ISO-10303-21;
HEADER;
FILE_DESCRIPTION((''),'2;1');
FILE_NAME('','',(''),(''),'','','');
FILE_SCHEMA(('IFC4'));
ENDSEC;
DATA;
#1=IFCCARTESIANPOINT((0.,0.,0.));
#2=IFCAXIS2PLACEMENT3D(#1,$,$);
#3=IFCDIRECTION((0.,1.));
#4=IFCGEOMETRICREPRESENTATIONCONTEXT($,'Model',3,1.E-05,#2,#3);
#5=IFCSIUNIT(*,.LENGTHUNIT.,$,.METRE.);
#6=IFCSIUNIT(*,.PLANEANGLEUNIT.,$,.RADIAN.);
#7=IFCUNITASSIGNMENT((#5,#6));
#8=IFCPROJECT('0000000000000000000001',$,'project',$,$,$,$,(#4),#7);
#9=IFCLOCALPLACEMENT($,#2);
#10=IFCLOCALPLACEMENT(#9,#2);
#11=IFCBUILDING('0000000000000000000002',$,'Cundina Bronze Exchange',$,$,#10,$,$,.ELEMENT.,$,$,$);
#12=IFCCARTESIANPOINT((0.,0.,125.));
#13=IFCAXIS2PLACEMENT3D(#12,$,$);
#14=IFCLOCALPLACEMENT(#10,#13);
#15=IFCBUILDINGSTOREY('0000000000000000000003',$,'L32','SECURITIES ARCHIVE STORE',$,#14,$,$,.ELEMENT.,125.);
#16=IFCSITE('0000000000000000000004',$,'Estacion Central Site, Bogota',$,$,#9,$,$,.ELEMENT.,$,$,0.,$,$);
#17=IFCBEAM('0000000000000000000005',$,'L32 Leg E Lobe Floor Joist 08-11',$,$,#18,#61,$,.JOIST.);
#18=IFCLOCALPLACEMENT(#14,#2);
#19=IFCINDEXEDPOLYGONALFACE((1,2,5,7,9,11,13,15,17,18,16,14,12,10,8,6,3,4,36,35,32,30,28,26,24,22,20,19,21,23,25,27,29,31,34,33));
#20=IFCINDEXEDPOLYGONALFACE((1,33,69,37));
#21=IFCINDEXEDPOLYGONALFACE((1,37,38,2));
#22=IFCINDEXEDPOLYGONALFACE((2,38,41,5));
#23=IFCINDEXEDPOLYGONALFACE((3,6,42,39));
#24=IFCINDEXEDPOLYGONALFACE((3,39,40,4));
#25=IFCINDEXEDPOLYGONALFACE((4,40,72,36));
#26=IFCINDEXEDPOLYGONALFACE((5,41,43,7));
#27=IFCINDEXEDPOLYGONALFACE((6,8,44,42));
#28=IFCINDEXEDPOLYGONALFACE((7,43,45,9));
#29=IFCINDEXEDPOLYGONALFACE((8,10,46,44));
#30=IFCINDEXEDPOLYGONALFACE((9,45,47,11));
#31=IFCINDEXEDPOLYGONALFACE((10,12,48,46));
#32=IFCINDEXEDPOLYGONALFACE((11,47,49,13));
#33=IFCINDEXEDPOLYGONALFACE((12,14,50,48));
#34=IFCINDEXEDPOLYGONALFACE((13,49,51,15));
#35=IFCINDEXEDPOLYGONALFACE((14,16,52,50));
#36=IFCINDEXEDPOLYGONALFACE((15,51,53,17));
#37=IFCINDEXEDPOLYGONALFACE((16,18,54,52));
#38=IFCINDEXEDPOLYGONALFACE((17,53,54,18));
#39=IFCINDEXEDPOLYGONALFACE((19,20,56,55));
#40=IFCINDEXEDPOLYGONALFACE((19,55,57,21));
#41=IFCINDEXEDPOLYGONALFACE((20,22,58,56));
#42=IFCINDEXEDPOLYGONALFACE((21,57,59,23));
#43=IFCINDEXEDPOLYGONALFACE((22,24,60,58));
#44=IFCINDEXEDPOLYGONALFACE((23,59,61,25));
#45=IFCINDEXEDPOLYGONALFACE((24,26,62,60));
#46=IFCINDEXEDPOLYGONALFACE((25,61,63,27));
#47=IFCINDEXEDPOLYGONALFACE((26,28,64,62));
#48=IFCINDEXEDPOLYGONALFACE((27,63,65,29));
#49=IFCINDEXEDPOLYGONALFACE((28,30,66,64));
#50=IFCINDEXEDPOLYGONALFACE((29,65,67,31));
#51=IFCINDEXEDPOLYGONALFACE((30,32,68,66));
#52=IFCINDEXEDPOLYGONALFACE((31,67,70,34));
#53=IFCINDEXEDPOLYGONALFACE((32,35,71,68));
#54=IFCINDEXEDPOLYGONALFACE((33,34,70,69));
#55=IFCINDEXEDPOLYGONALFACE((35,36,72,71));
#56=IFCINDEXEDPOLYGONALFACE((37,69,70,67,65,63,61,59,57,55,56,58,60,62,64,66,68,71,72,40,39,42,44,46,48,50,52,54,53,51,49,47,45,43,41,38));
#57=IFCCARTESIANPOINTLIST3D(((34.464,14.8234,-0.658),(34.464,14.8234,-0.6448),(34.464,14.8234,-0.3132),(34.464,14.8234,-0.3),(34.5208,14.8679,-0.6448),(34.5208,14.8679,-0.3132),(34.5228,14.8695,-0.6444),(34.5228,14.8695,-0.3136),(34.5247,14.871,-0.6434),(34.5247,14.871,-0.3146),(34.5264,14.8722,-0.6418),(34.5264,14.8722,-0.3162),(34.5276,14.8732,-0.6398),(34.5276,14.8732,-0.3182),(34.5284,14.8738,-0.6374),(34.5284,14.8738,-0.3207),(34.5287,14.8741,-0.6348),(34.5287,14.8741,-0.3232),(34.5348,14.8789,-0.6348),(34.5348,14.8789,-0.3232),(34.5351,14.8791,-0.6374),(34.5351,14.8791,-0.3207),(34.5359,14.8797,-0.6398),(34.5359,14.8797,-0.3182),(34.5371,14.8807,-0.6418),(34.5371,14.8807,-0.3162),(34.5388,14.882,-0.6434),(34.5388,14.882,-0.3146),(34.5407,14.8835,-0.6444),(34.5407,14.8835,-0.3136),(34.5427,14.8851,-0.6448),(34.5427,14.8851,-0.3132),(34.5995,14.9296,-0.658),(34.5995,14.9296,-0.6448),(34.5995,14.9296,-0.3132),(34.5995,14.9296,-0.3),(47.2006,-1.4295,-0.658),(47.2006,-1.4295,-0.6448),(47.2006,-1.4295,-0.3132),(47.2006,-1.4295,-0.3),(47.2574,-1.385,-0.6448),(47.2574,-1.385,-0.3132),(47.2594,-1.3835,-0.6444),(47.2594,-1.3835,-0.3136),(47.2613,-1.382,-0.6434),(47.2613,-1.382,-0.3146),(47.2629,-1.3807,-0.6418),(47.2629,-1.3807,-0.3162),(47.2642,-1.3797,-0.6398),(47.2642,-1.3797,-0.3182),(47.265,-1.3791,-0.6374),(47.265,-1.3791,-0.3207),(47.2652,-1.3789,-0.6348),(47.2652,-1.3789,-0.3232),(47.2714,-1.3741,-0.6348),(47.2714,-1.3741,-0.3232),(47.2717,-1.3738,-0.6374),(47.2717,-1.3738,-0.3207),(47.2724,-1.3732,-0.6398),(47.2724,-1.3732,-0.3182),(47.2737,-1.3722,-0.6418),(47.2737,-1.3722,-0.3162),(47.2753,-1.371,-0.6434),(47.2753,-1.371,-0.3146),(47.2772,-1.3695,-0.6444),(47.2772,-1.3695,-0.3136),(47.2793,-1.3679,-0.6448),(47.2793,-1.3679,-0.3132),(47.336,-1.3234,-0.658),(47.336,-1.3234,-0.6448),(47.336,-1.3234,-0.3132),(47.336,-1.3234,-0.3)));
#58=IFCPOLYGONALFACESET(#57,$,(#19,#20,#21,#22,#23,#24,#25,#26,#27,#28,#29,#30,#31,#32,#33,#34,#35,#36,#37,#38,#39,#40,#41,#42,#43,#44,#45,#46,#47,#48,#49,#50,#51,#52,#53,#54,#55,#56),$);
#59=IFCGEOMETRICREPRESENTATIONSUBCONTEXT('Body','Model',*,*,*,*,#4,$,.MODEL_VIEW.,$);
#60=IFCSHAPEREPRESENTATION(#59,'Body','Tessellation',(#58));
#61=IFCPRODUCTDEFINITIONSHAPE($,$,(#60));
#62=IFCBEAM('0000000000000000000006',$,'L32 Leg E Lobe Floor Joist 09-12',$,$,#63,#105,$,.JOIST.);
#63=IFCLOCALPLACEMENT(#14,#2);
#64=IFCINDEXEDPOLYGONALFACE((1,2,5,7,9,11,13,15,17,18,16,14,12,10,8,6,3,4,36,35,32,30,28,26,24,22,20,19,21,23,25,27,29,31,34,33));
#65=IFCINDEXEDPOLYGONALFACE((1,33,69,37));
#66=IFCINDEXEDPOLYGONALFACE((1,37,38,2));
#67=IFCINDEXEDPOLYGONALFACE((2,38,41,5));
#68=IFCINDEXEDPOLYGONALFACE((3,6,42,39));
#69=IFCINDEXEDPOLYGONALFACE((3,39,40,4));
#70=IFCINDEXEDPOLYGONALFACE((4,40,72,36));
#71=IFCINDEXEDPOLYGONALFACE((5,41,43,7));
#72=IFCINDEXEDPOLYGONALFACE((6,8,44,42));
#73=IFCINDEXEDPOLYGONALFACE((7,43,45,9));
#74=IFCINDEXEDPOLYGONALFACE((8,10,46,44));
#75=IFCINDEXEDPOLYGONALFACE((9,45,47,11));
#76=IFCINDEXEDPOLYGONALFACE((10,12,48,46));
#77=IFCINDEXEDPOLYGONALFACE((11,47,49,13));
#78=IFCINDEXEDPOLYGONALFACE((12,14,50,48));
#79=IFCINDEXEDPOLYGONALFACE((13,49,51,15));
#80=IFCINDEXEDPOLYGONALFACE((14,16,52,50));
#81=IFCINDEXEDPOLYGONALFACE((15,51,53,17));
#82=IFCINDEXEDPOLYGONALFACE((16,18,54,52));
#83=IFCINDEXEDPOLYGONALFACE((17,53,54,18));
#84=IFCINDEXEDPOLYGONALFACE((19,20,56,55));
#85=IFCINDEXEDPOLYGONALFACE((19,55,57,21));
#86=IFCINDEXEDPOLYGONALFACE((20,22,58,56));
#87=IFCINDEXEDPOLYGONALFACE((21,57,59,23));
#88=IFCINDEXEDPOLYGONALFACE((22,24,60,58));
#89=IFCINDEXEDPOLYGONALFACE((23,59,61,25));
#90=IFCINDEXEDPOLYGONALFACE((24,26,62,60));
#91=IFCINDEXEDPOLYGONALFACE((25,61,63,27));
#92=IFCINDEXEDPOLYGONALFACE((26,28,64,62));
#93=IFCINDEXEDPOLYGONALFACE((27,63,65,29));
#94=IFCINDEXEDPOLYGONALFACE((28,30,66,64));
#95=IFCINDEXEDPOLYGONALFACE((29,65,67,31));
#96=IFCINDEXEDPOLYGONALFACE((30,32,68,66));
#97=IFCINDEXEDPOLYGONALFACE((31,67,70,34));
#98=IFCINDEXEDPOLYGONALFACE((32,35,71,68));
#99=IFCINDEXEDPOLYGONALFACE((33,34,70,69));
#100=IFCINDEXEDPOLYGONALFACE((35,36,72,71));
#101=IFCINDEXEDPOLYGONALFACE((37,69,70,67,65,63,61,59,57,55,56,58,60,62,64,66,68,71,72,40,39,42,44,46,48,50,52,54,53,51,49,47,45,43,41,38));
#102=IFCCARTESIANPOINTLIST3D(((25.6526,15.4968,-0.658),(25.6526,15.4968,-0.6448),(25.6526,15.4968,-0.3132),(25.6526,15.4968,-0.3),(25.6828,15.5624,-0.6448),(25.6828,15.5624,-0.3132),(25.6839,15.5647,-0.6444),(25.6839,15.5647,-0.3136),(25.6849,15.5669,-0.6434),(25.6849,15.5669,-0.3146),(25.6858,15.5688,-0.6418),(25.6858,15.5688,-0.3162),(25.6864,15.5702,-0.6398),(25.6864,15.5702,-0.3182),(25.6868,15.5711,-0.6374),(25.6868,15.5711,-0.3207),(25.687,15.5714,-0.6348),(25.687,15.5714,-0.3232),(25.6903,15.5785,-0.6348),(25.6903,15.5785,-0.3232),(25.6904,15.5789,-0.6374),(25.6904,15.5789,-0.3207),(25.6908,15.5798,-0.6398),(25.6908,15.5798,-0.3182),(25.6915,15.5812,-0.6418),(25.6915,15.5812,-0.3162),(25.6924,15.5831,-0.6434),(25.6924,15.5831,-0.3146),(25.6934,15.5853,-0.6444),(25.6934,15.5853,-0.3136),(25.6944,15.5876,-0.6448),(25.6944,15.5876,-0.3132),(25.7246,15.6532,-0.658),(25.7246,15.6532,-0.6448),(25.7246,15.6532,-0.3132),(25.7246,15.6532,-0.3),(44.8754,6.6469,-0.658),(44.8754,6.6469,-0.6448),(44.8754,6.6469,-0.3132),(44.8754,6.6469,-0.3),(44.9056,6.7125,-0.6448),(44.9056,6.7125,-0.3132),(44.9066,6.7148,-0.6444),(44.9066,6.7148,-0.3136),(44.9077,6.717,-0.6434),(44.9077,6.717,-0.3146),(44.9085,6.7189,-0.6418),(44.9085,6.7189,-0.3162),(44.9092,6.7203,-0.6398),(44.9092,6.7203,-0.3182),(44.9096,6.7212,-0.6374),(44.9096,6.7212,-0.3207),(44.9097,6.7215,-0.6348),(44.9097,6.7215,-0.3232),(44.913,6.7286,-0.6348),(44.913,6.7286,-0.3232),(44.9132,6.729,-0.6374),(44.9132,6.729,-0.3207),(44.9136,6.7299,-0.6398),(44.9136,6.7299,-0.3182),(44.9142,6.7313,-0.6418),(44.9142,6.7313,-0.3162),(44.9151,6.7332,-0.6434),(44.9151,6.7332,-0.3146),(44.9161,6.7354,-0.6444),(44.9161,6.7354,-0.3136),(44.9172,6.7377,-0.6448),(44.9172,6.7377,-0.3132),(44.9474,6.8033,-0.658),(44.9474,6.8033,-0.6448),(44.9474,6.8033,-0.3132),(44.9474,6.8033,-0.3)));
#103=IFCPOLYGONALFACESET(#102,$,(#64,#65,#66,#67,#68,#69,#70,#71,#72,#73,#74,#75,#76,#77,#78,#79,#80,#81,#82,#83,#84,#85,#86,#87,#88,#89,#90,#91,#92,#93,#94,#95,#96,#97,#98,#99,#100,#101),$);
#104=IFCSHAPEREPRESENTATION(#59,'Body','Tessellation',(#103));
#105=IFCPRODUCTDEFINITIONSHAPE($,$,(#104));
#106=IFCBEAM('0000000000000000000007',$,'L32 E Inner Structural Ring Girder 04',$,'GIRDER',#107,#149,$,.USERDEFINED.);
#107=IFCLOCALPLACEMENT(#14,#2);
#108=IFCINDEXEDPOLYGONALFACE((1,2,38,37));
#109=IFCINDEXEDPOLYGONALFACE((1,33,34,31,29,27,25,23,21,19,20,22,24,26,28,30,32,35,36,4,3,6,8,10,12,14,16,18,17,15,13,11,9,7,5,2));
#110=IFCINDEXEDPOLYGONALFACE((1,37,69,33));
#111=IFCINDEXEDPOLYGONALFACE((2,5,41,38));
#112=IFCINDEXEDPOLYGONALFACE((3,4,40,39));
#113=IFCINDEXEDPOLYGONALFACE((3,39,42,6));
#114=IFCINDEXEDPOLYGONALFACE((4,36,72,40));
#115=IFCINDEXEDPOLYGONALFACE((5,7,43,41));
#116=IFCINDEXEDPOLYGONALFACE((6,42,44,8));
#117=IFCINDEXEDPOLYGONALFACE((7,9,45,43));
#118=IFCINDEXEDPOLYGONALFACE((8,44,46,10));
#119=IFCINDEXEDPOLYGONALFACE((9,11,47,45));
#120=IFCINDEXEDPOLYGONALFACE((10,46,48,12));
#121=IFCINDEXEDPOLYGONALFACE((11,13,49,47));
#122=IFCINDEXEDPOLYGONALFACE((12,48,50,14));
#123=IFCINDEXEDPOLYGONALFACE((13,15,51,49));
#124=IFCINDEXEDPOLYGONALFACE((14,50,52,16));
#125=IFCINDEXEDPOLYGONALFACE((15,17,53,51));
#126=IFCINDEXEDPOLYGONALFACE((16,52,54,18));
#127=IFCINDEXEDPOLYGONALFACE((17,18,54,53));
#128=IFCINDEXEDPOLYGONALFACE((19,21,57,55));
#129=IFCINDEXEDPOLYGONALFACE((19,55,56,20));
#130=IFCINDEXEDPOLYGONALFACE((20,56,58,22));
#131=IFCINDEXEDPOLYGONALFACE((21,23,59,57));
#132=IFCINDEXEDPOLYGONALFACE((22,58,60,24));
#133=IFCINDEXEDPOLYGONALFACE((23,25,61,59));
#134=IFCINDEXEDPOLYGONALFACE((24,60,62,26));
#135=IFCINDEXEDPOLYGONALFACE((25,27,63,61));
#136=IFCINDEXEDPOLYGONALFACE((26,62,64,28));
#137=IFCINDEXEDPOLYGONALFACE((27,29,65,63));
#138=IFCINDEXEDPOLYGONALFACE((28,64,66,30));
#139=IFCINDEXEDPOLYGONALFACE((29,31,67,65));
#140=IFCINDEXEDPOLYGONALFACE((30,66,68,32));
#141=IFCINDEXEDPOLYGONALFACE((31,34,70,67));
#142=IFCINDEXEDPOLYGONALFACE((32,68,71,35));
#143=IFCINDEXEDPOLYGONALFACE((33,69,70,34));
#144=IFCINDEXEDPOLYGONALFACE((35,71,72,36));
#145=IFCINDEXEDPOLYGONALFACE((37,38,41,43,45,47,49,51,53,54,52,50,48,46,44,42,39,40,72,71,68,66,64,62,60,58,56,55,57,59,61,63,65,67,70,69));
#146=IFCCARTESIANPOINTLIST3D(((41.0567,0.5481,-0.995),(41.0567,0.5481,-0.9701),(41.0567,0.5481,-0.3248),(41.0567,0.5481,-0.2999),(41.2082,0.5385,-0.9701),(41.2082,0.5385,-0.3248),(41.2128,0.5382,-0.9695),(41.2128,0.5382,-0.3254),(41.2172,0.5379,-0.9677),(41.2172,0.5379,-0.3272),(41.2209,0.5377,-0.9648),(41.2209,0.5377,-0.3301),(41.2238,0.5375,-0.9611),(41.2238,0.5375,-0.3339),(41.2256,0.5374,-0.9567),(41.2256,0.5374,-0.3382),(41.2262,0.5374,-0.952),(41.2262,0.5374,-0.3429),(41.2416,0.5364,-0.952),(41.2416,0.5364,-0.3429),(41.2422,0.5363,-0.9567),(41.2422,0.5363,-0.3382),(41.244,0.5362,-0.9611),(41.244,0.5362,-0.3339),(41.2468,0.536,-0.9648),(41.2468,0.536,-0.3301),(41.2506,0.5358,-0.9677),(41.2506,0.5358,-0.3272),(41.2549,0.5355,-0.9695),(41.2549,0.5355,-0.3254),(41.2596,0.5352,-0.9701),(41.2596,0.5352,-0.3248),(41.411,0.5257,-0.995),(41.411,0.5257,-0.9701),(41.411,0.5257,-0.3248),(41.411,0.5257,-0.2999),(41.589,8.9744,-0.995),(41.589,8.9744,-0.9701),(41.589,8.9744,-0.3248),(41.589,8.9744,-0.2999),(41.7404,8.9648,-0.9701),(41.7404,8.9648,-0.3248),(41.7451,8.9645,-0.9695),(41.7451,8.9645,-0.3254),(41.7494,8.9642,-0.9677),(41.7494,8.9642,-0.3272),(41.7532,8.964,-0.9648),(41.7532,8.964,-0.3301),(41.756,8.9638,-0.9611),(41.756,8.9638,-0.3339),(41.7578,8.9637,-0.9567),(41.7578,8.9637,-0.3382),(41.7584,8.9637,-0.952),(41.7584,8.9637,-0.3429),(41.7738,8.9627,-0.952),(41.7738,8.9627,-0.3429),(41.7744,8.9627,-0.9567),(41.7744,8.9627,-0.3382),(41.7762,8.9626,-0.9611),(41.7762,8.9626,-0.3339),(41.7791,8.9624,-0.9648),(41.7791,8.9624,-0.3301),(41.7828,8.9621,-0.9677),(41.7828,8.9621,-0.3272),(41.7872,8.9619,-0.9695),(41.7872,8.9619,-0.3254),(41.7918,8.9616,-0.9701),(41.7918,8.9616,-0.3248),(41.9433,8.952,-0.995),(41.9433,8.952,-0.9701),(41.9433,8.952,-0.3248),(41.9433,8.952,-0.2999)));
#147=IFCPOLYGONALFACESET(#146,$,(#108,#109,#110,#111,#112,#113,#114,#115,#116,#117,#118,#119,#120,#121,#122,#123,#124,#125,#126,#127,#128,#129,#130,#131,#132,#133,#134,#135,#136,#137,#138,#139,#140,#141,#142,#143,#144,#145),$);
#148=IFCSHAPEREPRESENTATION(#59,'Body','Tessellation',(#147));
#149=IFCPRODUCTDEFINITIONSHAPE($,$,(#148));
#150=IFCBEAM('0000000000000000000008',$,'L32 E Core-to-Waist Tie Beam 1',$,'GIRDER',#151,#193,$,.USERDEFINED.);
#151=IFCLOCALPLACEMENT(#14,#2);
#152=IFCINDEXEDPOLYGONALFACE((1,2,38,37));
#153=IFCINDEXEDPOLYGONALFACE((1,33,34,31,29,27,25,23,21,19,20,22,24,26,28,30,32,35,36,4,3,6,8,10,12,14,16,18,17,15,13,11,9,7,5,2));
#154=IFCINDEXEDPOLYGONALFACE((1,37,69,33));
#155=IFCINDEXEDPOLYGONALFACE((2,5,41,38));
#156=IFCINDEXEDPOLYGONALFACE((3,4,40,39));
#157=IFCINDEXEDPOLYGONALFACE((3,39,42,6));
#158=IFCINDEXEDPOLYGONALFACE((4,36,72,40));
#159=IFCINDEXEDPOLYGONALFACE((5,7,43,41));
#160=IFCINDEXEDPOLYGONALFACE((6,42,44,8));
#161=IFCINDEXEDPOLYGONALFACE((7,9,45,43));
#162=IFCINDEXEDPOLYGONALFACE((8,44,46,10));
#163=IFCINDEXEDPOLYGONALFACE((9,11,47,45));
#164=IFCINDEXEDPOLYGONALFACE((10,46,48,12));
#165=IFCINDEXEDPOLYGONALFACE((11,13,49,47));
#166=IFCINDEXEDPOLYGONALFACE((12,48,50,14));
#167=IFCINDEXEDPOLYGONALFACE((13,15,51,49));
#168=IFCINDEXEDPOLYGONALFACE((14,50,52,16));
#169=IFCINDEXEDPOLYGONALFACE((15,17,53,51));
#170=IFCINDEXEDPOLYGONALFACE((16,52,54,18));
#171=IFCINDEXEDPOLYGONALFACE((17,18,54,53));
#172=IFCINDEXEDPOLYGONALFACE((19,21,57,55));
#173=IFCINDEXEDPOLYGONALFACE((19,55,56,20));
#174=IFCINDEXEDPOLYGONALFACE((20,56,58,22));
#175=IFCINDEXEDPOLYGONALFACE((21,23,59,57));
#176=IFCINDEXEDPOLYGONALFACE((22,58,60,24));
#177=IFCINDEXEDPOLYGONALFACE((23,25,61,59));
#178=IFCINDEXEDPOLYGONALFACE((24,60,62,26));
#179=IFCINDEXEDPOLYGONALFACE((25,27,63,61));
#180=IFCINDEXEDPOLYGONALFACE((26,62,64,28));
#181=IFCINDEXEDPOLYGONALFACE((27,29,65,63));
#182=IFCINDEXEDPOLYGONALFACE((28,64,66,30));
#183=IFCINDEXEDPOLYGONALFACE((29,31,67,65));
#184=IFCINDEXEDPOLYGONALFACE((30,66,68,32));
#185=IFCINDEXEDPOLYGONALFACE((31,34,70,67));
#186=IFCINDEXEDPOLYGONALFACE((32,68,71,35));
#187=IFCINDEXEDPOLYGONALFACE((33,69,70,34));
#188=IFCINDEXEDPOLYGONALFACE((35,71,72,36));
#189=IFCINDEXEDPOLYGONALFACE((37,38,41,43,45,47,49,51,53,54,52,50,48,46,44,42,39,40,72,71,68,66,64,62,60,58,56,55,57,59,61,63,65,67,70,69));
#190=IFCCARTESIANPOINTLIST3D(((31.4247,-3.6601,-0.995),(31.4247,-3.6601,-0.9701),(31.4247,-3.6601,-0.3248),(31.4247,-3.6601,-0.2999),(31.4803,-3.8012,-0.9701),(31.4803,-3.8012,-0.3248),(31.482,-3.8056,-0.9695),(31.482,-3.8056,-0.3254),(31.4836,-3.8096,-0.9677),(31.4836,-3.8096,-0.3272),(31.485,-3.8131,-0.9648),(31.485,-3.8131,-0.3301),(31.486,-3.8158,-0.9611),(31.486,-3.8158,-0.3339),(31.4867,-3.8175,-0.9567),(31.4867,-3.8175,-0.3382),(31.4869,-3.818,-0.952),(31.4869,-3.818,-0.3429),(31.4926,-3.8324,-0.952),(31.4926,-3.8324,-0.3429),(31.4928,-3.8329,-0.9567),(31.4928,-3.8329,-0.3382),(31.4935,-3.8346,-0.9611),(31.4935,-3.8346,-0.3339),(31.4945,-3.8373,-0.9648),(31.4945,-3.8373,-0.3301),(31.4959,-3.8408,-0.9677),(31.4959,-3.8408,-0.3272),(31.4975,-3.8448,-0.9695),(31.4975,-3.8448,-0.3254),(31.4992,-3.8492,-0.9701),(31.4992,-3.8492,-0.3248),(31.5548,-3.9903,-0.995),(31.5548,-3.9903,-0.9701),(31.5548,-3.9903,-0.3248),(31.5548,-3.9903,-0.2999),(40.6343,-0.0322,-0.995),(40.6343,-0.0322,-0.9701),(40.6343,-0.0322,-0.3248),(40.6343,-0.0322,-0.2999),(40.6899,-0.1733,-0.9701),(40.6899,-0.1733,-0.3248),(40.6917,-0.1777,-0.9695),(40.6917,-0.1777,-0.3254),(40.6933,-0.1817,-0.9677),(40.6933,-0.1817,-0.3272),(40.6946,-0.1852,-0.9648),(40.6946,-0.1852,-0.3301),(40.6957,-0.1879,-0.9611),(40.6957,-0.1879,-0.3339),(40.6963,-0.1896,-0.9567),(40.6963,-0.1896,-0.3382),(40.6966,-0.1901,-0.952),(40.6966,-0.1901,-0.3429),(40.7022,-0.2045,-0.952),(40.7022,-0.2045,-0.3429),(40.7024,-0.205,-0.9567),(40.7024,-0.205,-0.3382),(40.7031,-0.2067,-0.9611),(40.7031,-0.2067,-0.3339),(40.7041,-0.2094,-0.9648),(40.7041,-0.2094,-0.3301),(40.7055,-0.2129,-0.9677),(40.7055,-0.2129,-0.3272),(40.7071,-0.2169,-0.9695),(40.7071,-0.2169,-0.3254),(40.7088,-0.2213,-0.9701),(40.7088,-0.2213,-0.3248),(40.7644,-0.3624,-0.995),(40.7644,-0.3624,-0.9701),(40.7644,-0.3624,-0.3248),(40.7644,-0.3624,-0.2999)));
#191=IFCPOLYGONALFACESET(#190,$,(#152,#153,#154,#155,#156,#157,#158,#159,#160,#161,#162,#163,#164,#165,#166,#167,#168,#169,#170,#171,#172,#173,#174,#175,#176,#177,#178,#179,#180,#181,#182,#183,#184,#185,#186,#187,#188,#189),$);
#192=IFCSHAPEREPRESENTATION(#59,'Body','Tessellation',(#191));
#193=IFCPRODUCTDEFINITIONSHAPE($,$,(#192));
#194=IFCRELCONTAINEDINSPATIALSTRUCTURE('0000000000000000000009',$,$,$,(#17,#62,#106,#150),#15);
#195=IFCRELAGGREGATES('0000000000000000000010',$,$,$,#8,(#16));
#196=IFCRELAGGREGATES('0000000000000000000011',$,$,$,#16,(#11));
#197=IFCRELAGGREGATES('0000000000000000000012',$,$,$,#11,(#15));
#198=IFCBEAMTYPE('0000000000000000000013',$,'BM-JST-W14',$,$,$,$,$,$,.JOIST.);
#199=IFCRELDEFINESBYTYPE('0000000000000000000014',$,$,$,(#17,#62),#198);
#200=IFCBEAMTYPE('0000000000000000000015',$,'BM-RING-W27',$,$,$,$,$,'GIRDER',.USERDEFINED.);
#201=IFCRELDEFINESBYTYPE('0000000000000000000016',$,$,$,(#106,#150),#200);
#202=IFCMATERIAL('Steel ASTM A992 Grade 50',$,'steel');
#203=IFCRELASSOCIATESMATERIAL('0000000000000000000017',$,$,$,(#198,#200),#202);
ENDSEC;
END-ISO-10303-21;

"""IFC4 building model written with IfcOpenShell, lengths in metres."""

from ifc_helpers import new_model, si_unit, direction, frame, origin, origin_2d, place, context, subcontext, project, spatial, i_section, extrude, material, material_profile, profile_set, type_object, element, save


model = new_model("IFC4")

# Units and contexts
model_context = context("Model", 3, precision=1e-05, world=origin(), true_north=direction((0.0, 1.0)))
body_context = subcontext(model_context, "Body", "Model", "MODEL_VIEW")
ifc_project = project(units=[si_unit("LENGTHUNIT", "METRE"), si_unit("PLANEANGLEUNIT", "RADIAN")], contexts=[model_context])

# Site, building, storey
site_placement = place(None, origin())
site = spatial("IfcSite", under=ifc_project, at=site_placement, Name="Estacion Central Site, Bogota", CompositionType="ELEMENT", RefElevation=0.0)
building_placement = place(site_placement, origin())
building = spatial("IfcBuilding", under=site, at=building_placement, Name="Cundina Bronze Exchange", CompositionType="ELEMENT")
storey_placement = place(building_placement, frame((0.0, 0.0, 125.0)))
storey = spatial("IfcBuildingStorey", under=building, at=storey_placement, Name="L32", Description="SECURITIES ARCHIVE STORE", CompositionType="ELEMENT", Elevation=125.0)

# Shared definitions
ifc_material_1 = material(Name="Steel ASTM A992 Grade 50", Category="steel")

# Beams
ifc_material_profile_1 = material_profile(ifc_material_1, i_section(OverallWidth=0.1721, OverallDepth=0.3579, WebThickness=0.0078, FlangeThickness=0.0132, FilletRadius=0.01, at=origin_2d()), Name="W14X38", Category="steel")
ifc_profile_set_1 = profile_set([ifc_material_profile_1], Name="Steel ASTM A992 Grade 50")
beam_type_1 = type_object("IfcBeamType", Name="BM-JST-W14", PredefinedType="JOIST", material=ifc_profile_set_1)
beam_1_placement = place(storey_placement, frame((47.2683, -1.3765, -0.479), z_axis=(-0.616815, 0.787108, 0.0), x_axis=(-0.787108, -0.616815, 0.0)))
element("IfcBeam", 1, at=beam_1_placement, inside=storey, type_object=beam_type_1, Name="L32 Leg E Lobe Floor Joist 08-11", PredefinedType="JOIST", context=body_context, shape_type="SweptSolid", body=[
    extrude(i_section(OverallWidth=0.1721, OverallDepth=0.3579, WebThickness=0.0078, FlangeThickness=0.0132, FilletRadius=0.01, at=origin_2d()), origin(), (0.0, 0.0, 1.0), 20.6489),
])
beam_2_placement = place(storey_placement, frame((44.9114, 6.7251, -0.479), z_axis=(-0.908357, 0.418195, 0.0), x_axis=(-0.418195, -0.908357, 0.0)))
element("IfcBeam", 2, at=beam_2_placement, inside=storey, type_object=beam_type_1, Name="L32 Leg E Lobe Floor Joist 09-12", PredefinedType="JOIST", context=body_context, shape_type="SweptSolid", body=[
    extrude(i_section(OverallWidth=0.1721, OverallDepth=0.3579, WebThickness=0.0078, FlangeThickness=0.0132, FilletRadius=0.01, at=origin_2d()), origin(), (0.0, 0.0, 1.0), 21.1621),
])
ifc_material_profile_2 = material_profile(ifc_material_1, i_section(OverallWidth=0.355, OverallDepth=0.6951, WebThickness=0.0154, FlangeThickness=0.0249, FilletRadius=0.0181, at=origin_2d()), Name="W27X146", Category="steel")
ifc_profile_set_2 = profile_set([ifc_material_profile_2], Name="Steel ASTM A992 Grade 50")
beam_type_2 = type_object("IfcBeamType", Name="BM-RING-W27", ElementType="GIRDER", PredefinedType="USERDEFINED", material=ifc_profile_set_2)
beam_3_placement = place(storey_placement, frame((41.2339, 0.5369, -0.6475), z_axis=(0.063037, 0.998011, 0.0), x_axis=(-0.998011, 0.063037, 0.0)))
element("IfcBeam", 3, at=beam_3_placement, inside=storey, type_object=beam_type_2, Name="L32 E Inner Structural Ring Girder 04", ObjectType="GIRDER", PredefinedType="USERDEFINED", context=body_context, shape_type="SweptSolid", body=[
    extrude(i_section(OverallWidth=0.355, OverallDepth=0.6951, WebThickness=0.0154, FlangeThickness=0.0249, FilletRadius=0.0181, at=origin_2d()), origin(), (0.0, 0.0, 1.0), 8.4431),
])
beam_4_placement = place(storey_placement, frame((31.4897, -3.8252, -0.6475), z_axis=(0.930413, 0.366512, 0.0), x_axis=(-0.366512, 0.930413, 0.0)))
element("IfcBeam", 4, at=beam_4_placement, inside=storey, type_object=beam_type_2, Name="L32 E Core-to-Waist Tie Beam 1", ObjectType="GIRDER", PredefinedType="USERDEFINED", context=body_context, shape_type="SweptSolid", body=[
    extrude(i_section(OverallWidth=0.355, OverallDepth=0.6951, WebThickness=0.0154, FlangeThickness=0.0249, FilletRadius=0.0181, at=origin_2d()), origin(), (0.0, 0.0, 1.0), 9.8984),
])

save(model, "model.ifc")
